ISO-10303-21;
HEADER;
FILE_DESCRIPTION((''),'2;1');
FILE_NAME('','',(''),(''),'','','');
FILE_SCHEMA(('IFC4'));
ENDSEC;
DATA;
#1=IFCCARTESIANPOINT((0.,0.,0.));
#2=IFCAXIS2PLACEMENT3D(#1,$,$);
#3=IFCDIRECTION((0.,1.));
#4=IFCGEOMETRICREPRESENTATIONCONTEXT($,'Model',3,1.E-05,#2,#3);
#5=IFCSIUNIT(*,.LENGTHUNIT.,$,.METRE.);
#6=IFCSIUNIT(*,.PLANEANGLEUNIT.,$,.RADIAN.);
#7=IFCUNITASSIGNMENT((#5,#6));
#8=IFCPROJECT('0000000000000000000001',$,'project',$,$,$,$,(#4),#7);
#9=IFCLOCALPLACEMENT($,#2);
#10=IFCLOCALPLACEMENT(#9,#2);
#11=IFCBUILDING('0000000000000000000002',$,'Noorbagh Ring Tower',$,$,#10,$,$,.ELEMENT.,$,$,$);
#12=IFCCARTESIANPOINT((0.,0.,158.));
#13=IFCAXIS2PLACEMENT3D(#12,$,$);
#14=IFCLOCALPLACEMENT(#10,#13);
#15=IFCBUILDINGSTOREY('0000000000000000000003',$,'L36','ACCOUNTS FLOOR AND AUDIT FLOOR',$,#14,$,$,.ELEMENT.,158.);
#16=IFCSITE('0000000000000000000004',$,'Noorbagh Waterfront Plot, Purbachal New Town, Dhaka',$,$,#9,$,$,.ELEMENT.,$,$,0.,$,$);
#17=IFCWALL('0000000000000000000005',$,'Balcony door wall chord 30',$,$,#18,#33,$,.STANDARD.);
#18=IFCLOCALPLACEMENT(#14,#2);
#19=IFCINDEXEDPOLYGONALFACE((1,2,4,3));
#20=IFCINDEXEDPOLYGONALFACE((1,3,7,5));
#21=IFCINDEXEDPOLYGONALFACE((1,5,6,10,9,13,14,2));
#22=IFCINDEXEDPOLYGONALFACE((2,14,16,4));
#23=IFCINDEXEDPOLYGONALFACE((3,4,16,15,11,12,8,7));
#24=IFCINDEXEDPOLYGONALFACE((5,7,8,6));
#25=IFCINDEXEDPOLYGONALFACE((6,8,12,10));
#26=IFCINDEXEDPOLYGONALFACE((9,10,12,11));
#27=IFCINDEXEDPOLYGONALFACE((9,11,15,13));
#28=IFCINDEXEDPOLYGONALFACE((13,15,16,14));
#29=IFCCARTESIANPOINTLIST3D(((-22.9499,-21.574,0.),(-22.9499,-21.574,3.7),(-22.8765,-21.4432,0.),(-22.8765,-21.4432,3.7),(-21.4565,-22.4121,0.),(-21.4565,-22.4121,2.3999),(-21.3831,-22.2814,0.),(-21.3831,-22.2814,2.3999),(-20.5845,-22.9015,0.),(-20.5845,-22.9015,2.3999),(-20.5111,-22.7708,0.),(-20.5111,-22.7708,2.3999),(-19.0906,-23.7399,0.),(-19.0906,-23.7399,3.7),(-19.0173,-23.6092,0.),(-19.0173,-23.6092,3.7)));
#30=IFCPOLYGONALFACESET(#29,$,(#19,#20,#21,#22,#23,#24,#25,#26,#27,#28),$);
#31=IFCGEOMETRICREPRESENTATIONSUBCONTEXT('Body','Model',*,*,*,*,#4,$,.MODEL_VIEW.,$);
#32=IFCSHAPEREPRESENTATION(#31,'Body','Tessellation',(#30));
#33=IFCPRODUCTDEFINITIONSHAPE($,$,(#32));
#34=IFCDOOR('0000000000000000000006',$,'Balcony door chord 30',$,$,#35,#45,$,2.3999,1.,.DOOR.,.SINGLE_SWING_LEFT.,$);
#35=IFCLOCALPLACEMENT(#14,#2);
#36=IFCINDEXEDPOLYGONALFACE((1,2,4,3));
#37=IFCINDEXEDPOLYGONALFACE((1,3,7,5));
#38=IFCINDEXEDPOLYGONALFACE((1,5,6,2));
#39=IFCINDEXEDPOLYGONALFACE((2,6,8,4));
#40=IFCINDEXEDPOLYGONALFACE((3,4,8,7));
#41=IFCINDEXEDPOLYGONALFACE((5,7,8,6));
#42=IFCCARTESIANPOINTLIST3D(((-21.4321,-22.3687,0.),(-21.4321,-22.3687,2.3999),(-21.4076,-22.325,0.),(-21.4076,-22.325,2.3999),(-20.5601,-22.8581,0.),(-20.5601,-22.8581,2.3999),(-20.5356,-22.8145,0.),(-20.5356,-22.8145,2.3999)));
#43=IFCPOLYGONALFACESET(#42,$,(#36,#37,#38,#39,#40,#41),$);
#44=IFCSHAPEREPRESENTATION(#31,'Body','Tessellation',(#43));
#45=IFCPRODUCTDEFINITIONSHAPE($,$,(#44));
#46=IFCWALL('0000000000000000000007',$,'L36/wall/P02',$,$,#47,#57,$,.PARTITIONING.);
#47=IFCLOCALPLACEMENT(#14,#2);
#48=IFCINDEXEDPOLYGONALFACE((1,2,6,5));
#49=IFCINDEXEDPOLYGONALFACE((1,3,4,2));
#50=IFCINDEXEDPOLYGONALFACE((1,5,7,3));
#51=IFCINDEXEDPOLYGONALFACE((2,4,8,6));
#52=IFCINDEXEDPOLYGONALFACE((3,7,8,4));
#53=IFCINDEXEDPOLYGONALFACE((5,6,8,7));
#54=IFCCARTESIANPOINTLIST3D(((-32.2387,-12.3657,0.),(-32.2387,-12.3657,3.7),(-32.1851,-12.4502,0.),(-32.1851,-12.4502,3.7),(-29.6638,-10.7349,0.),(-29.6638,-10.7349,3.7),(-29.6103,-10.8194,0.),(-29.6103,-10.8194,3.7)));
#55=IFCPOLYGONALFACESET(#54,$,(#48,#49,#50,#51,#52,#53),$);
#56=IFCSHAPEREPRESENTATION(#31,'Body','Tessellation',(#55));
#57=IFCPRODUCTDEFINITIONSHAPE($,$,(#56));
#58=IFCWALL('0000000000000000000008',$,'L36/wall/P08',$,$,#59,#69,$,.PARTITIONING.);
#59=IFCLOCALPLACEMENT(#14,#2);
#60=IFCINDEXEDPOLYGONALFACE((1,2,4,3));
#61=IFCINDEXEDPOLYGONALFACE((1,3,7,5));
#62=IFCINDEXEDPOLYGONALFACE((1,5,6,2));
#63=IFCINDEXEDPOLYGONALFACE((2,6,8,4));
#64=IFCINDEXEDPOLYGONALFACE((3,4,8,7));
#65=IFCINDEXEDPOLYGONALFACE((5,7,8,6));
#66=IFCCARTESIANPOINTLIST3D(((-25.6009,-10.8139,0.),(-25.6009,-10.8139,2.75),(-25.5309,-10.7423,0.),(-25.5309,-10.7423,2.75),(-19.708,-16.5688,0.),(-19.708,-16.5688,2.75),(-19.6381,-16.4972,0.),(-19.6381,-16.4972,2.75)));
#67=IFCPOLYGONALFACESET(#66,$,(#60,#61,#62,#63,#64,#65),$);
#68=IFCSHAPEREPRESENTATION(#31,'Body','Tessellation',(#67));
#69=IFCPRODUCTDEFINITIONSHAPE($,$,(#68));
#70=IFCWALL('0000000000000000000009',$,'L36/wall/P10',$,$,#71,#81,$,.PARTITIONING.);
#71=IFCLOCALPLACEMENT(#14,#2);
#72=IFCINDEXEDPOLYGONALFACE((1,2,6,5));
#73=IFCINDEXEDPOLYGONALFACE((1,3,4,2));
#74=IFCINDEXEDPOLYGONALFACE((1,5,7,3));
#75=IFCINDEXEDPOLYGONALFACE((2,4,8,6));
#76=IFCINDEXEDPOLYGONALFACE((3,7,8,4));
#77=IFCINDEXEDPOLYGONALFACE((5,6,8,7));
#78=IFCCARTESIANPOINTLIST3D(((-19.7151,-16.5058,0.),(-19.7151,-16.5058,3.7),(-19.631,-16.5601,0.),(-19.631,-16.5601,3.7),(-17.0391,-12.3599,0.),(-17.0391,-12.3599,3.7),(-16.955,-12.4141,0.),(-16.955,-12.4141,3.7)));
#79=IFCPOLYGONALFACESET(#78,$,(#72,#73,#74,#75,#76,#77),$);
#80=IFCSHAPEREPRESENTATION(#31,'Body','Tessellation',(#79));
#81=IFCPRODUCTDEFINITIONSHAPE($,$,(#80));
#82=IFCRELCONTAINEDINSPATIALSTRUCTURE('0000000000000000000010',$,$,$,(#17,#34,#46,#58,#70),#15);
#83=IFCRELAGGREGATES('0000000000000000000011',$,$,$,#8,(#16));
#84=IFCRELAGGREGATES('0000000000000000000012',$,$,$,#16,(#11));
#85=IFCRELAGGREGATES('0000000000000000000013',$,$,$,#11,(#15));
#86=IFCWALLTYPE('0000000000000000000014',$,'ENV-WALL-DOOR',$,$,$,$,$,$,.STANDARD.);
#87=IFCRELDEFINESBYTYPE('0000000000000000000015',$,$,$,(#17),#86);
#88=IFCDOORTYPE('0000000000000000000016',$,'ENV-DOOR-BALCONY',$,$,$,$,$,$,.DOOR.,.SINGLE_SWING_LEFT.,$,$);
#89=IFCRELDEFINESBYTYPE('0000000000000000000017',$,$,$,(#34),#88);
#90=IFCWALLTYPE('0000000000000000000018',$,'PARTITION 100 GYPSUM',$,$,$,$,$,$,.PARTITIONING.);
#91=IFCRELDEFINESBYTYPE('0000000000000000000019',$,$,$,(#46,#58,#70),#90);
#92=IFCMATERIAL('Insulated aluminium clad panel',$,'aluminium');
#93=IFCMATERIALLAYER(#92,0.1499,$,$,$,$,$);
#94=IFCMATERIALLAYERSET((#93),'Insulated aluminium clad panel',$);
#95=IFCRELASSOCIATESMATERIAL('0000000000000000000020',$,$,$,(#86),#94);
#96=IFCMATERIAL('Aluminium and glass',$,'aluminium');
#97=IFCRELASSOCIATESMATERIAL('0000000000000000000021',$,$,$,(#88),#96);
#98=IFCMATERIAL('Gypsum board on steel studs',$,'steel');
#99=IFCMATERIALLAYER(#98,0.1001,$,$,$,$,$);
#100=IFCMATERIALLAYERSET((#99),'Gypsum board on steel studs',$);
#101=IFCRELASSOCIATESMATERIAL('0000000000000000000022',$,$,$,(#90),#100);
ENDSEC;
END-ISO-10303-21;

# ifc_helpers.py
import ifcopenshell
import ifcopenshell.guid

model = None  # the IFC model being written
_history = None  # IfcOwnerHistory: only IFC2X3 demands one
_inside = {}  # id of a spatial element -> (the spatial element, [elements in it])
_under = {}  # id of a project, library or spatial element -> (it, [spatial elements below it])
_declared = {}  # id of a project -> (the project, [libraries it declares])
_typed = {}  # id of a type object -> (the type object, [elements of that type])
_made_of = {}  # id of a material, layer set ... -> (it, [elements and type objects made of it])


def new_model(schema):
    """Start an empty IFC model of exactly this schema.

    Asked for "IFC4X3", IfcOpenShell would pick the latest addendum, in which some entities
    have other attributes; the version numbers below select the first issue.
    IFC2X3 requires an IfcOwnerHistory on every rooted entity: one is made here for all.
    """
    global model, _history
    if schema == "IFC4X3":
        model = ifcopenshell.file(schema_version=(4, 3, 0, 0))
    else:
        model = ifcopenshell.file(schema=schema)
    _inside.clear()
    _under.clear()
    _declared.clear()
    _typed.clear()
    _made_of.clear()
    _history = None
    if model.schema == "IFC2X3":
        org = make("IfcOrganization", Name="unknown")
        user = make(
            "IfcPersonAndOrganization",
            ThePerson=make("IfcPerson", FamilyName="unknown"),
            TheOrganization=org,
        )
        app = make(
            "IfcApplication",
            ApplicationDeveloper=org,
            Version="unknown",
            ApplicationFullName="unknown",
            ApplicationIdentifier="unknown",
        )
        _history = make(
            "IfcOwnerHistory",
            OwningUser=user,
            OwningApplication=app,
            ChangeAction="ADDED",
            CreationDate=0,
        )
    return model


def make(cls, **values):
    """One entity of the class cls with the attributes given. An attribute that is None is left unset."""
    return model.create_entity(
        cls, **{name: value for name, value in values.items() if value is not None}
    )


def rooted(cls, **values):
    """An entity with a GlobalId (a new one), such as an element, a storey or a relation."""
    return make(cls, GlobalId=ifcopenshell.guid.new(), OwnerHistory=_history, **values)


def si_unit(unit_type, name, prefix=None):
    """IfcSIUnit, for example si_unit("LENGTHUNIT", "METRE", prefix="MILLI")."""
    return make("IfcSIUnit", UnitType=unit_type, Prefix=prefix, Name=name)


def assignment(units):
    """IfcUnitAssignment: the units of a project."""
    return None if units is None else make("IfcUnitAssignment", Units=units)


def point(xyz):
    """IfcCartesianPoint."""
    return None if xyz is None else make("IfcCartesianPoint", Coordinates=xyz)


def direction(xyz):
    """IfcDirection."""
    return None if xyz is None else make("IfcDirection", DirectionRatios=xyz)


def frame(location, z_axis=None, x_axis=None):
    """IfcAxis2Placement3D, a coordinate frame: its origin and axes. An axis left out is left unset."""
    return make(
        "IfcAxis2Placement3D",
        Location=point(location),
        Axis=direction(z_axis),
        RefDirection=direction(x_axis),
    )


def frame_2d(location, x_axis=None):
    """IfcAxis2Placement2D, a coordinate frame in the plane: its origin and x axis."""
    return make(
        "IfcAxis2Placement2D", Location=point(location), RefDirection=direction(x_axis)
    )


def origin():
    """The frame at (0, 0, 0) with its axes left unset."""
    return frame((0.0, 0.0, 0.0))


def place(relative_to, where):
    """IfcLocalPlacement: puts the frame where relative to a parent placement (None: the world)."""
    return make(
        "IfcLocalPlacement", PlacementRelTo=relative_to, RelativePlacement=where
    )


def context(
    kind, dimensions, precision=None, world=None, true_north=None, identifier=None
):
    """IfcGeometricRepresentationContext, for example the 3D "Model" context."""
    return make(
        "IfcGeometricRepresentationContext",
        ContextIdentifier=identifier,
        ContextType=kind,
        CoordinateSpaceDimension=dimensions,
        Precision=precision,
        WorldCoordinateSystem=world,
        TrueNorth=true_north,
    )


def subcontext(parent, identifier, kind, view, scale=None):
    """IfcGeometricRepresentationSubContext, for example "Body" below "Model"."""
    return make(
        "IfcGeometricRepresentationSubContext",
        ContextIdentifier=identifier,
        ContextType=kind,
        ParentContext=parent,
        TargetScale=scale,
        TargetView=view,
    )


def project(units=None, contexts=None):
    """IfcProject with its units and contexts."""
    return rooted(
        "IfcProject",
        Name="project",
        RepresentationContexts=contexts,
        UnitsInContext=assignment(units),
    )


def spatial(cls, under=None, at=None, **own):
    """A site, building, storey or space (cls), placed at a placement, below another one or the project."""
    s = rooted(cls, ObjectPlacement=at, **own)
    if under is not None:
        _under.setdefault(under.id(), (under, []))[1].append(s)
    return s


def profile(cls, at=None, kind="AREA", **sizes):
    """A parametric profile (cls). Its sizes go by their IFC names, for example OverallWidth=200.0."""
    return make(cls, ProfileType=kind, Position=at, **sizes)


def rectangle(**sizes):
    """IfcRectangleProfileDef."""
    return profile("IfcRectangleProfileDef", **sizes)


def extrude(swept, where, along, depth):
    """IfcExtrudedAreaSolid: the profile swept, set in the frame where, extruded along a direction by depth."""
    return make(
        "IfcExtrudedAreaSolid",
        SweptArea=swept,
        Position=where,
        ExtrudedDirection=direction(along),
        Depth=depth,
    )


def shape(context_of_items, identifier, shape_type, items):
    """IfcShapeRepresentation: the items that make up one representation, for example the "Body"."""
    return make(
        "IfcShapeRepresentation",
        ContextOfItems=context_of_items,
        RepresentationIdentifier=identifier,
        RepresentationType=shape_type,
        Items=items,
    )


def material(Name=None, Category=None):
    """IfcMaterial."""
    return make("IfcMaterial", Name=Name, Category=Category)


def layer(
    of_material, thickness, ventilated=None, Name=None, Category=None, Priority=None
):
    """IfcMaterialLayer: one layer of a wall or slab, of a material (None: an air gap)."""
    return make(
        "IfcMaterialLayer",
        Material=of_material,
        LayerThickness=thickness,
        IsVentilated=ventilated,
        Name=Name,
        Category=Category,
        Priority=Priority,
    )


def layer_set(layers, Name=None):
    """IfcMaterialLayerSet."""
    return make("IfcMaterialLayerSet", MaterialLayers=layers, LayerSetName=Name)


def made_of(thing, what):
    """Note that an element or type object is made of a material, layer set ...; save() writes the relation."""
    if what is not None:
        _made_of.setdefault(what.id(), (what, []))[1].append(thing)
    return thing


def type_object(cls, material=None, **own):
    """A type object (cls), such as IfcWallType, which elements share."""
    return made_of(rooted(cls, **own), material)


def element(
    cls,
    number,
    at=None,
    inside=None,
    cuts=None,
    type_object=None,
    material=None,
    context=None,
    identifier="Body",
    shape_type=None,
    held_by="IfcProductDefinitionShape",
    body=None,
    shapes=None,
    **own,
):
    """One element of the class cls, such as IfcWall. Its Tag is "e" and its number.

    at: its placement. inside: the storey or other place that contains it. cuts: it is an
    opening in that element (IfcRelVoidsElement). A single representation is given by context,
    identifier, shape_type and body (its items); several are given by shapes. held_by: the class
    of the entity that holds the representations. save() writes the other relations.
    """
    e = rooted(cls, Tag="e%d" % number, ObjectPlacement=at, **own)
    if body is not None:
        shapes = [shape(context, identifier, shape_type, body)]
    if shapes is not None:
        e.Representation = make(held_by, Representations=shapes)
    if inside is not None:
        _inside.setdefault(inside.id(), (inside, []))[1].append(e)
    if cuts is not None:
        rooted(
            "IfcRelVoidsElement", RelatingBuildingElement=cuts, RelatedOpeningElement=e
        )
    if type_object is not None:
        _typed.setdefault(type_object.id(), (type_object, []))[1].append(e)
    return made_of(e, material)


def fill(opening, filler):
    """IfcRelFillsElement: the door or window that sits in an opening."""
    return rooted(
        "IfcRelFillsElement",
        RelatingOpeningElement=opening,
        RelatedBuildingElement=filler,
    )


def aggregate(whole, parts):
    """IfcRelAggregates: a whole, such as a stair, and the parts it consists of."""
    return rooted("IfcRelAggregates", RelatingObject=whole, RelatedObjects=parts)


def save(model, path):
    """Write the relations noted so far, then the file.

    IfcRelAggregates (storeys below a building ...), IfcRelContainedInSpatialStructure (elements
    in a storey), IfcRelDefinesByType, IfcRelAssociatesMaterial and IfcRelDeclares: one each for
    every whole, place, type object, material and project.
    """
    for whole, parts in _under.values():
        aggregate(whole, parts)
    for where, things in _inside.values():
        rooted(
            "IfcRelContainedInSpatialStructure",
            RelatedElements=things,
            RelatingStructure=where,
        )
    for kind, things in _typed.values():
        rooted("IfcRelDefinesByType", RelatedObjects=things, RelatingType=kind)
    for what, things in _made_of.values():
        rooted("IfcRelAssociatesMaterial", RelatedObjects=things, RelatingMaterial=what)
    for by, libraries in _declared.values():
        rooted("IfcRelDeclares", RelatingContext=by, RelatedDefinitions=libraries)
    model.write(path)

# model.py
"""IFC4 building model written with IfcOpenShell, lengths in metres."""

from ifc_helpers import new_model, si_unit, direction, frame, frame_2d, origin, place, context, subcontext, project, spatial, rectangle, extrude, material, layer, layer_set, type_object, element, fill, save


model = new_model("IFC4")

# Units and contexts
model_context = context("Model", 3, precision=1e-05, world=origin(), true_north=direction((0.0, 1.0)))
body_context = subcontext(model_context, "Body", "Model", "MODEL_VIEW")
ifc_project = project(units=[si_unit("LENGTHUNIT", "METRE"), si_unit("PLANEANGLEUNIT", "RADIAN")], contexts=[model_context])

# Site, building, storey
site_placement = place(None, origin())
site = spatial("IfcSite", under=ifc_project, at=site_placement, Name="Noorbagh Waterfront Plot, Purbachal New Town, Dhaka", CompositionType="ELEMENT", RefElevation=0.0)
building_placement = place(site_placement, origin())
building = spatial("IfcBuilding", under=site, at=building_placement, Name="Noorbagh Ring Tower", CompositionType="ELEMENT")
storey_placement = place(building_placement, frame((0.0, 0.0, 158.0)))
storey = spatial("IfcBuildingStorey", under=building, at=storey_placement, Name="L36", Description="ACCOUNTS FLOOR AND AUDIT FLOOR", CompositionType="ELEMENT", Elevation=158.0)

# Wall, opening, door
ifc_material_1 = material(Name="Insulated aluminium clad panel", Category="aluminium")
ifc_layer_1 = layer(ifc_material_1, 0.1499)
ifc_layer_set_1 = layer_set([ifc_layer_1], Name="Insulated aluminium clad panel")
wall_type_1 = type_object("IfcWallType", Name="ENV-WALL-DOOR", PredefinedType="STANDARD", material=ifc_layer_set_1)
wall_1_placement = place(storey_placement, frame((-22.9133, -21.5085, 0.0), z_axis=(0.0, 0.0, 1.0), x_axis=(0.872047, -0.489423, 0.0)))
wall_1 = element("IfcWall", 1, at=wall_1_placement, inside=storey, type_object=wall_type_1, Name="Balcony door wall chord 30", PredefinedType="STANDARD", context=body_context, shape_type="SweptSolid", body=[
    extrude(rectangle(XDim=4.4255, YDim=0.1499, at=frame_2d((2.2129, 0.0))), origin(), (0.0, 0.0, 1.0), 3.7),
])
opening_1_placement = place(wall_1_placement, frame((1.7126, 0.0, 0.0)))
opening_1 = element("IfcOpeningElement", 2, at=opening_1_placement, cuts=wall_1, PredefinedType="OPENING", context=body_context, shape_type="SweptSolid", body=[
    extrude(rectangle(XDim=1.0, YDim=2.3999, at=frame_2d((0.5, 1.2))), frame((0.0, 0.085, 0.0), z_axis=(0.0, -1.0, 0.0), x_axis=(1.0, 0.0, 0.0)), (0.0, 0.0, 1.0), 0.1699),
])
ifc_material_2 = material(Name="Aluminium and glass", Category="aluminium")
door_type_1 = type_object("IfcDoorType", Name="ENV-DOOR-BALCONY", OperationType="SINGLE_SWING_LEFT", PredefinedType="DOOR", material=ifc_material_2)
door_1_placement = place(opening_1_placement, origin())
door_1 = element("IfcDoor", 3, at=door_1_placement, inside=storey, type_object=door_type_1, Name="Balcony door chord 30", OperationType="SINGLE_SWING_LEFT", OverallHeight=2.3999, OverallWidth=1.0, PredefinedType="DOOR", context=body_context, shape_type="SweptSolid", body=[
    extrude(rectangle(XDim=1.0, YDim=2.3999, at=frame_2d((0.5, 1.2))), frame((0.0, 0.0249, 0.0), z_axis=(0.0, -1.0, 0.0), x_axis=(1.0, 0.0, 0.0)), (0.0, 0.0, 1.0), 0.05),
])
fill(opening_1, door_1)

# Walls
ifc_material_3 = material(Name="Gypsum board on steel studs", Category="steel")
ifc_layer_2 = layer(ifc_material_3, 0.1001)
ifc_layer_set_2 = layer_set([ifc_layer_2], Name="Gypsum board on steel studs")
wall_type_2 = type_object("IfcWallType", Name="PARTITION 100 GYPSUM", PredefinedType="PARTITIONING", material=ifc_layer_set_2)
wall_2_placement = place(storey_placement, frame((-32.2119, -12.408, 0.0), z_axis=(0.0, 0.0, 1.0), x_axis=(0.844811, 0.535065, 0.0)))
element("IfcWall", 4, at=wall_2_placement, inside=storey, type_object=wall_type_2, Name="L36/wall/P02", PredefinedType="PARTITIONING", context=body_context, shape_type="SweptSolid", body=[
    extrude(rectangle(XDim=3.0479, YDim=0.1001, at=frame_2d((1.5239, 0.0))), origin(), (0.0, 0.0, 1.0), 3.7),
])
wall_3_placement = place(storey_placement, frame((-25.5659, -10.7781, 0.0), z_axis=(0.0, 0.0, 1.0), x_axis=(0.715431, -0.698684, 0.0)))
element("IfcWall", 5, at=wall_3_placement, inside=storey, type_object=wall_type_2, Name="L36/wall/P08", PredefinedType="PARTITIONING", context=body_context, shape_type="SweptSolid", body=[
    extrude(rectangle(XDim=8.2368, YDim=0.1001, at=frame_2d((4.1184, 0.0))), origin(), (0.0, 0.0, 1.0), 2.75),
])
wall_4_placement = place(storey_placement, frame((-19.6731, -16.533, 0.0), z_axis=(0.0, 0.0, 1.0), x_axis=(0.542297, 0.840187, 0.0)))
element("IfcWall", 6, at=wall_4_placement, inside=storey, type_object=wall_type_2, Name="L36/wall/P10", PredefinedType="PARTITIONING", context=body_context, shape_type="SweptSolid", body=[
    extrude(rectangle(XDim=4.9346, YDim=0.1001, at=frame_2d((2.4673, 0.0))), origin(), (0.0, 0.0, 1.0), 3.7),
])

save(model, "model.ifc")
